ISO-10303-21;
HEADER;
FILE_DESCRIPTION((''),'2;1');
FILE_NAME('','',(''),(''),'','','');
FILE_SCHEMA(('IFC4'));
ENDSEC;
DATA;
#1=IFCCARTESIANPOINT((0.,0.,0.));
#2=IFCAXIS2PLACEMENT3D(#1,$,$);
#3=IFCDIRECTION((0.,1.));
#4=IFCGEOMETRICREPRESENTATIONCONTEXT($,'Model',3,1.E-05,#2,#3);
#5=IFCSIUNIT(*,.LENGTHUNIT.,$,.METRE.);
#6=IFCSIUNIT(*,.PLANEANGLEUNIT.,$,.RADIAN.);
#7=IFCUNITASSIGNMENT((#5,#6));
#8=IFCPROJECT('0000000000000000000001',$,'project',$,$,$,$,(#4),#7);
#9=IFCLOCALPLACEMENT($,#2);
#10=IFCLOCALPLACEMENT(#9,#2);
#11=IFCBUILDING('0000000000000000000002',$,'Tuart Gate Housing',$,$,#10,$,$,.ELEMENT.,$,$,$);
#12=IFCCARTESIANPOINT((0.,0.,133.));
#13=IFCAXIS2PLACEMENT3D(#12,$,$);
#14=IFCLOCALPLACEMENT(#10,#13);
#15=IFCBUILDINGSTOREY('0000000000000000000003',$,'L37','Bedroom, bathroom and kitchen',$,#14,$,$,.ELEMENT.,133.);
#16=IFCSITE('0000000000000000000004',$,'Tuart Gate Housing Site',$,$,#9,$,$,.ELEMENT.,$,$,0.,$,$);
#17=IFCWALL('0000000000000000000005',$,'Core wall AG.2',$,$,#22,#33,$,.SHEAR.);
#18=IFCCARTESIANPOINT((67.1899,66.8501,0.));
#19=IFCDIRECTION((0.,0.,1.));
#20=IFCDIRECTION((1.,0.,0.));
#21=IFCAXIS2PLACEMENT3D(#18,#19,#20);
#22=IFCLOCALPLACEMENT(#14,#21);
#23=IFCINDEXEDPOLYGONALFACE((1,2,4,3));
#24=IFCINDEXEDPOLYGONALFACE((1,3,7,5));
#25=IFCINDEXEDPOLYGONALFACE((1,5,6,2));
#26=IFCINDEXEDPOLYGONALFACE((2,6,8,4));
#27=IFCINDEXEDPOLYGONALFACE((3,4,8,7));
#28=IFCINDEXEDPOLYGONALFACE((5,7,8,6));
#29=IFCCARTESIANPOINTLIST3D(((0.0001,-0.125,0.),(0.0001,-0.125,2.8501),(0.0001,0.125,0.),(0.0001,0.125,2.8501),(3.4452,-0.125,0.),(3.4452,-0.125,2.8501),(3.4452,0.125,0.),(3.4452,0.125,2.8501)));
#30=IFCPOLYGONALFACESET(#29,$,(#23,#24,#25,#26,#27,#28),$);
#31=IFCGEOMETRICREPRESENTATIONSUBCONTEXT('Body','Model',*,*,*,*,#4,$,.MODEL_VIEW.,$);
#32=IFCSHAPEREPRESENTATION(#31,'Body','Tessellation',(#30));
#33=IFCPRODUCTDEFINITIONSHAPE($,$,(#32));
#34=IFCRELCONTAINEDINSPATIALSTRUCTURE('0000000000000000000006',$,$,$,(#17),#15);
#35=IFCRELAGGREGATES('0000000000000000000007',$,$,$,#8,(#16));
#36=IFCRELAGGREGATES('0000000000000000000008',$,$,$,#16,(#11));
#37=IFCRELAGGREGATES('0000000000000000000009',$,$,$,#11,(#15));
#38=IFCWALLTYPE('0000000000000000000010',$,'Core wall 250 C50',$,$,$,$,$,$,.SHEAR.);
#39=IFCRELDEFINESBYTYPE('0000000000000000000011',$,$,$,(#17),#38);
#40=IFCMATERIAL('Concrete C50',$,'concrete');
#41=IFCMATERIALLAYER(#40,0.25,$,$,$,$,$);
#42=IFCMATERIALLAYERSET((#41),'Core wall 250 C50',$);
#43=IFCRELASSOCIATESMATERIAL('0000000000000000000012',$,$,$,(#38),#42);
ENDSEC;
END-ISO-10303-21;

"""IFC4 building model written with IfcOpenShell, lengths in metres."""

from ifc_helpers import new_model, si_unit, direction, frame, frame_2d, origin, place, context, subcontext, project, spatial, rectangle, extrude, material, layer, layer_set, type_object, element, save


model = new_model("IFC4")

# Units and contexts
model_context = context("Model", 3, precision=1e-05, world=origin(), true_north=direction((0.0, 1.0)))
body_context = subcontext(model_context, "Body", "Model", "MODEL_VIEW")
ifc_project = project(units=[si_unit("LENGTHUNIT", "METRE"), si_unit("PLANEANGLEUNIT", "RADIAN")], contexts=[model_context])

# Site, building, storey
site_placement = place(None, origin())
site = spatial("IfcSite", under=ifc_project, at=site_placement, Name="Tuart Gate Housing Site", CompositionType="ELEMENT", RefElevation=0.0)
building_placement = place(site_placement, origin())
building = spatial("IfcBuilding", under=site, at=building_placement, Name="Tuart Gate Housing", CompositionType="ELEMENT")
storey_placement = place(building_placement, frame((0.0, 0.0, 133.0)))
storey = spatial("IfcBuildingStorey", under=building, at=storey_placement, Name="L37", Description="Bedroom, bathroom and kitchen", CompositionType="ELEMENT", Elevation=133.0)

# Wall
ifc_material_1 = material(Name="Concrete C50", Category="concrete")
ifc_layer_1 = layer(ifc_material_1, 0.25)
ifc_layer_set_1 = layer_set([ifc_layer_1], Name="Core wall 250 C50")
wall_type_1 = type_object("IfcWallType", Name="Core wall 250 C50", PredefinedType="SHEAR", material=ifc_layer_set_1)
wall_1_placement = place(storey_placement, frame((67.1899, 66.8501, 0.0), z_axis=(0.0, 0.0, 1.0), x_axis=(1.0, 0.0, 0.0)))
element("IfcWall", 1, at=wall_1_placement, inside=storey, type_object=wall_type_1, Name="Core wall AG.2", PredefinedType="SHEAR", context=body_context, shape_type="SweptSolid", body=[
    extrude(rectangle(XDim=3.4451, YDim=0.25, at=frame_2d((1.7227, 0.0))), origin(), (0.0, 0.0, 1.0), 2.8501),
])

save(model, "model.ifc")
